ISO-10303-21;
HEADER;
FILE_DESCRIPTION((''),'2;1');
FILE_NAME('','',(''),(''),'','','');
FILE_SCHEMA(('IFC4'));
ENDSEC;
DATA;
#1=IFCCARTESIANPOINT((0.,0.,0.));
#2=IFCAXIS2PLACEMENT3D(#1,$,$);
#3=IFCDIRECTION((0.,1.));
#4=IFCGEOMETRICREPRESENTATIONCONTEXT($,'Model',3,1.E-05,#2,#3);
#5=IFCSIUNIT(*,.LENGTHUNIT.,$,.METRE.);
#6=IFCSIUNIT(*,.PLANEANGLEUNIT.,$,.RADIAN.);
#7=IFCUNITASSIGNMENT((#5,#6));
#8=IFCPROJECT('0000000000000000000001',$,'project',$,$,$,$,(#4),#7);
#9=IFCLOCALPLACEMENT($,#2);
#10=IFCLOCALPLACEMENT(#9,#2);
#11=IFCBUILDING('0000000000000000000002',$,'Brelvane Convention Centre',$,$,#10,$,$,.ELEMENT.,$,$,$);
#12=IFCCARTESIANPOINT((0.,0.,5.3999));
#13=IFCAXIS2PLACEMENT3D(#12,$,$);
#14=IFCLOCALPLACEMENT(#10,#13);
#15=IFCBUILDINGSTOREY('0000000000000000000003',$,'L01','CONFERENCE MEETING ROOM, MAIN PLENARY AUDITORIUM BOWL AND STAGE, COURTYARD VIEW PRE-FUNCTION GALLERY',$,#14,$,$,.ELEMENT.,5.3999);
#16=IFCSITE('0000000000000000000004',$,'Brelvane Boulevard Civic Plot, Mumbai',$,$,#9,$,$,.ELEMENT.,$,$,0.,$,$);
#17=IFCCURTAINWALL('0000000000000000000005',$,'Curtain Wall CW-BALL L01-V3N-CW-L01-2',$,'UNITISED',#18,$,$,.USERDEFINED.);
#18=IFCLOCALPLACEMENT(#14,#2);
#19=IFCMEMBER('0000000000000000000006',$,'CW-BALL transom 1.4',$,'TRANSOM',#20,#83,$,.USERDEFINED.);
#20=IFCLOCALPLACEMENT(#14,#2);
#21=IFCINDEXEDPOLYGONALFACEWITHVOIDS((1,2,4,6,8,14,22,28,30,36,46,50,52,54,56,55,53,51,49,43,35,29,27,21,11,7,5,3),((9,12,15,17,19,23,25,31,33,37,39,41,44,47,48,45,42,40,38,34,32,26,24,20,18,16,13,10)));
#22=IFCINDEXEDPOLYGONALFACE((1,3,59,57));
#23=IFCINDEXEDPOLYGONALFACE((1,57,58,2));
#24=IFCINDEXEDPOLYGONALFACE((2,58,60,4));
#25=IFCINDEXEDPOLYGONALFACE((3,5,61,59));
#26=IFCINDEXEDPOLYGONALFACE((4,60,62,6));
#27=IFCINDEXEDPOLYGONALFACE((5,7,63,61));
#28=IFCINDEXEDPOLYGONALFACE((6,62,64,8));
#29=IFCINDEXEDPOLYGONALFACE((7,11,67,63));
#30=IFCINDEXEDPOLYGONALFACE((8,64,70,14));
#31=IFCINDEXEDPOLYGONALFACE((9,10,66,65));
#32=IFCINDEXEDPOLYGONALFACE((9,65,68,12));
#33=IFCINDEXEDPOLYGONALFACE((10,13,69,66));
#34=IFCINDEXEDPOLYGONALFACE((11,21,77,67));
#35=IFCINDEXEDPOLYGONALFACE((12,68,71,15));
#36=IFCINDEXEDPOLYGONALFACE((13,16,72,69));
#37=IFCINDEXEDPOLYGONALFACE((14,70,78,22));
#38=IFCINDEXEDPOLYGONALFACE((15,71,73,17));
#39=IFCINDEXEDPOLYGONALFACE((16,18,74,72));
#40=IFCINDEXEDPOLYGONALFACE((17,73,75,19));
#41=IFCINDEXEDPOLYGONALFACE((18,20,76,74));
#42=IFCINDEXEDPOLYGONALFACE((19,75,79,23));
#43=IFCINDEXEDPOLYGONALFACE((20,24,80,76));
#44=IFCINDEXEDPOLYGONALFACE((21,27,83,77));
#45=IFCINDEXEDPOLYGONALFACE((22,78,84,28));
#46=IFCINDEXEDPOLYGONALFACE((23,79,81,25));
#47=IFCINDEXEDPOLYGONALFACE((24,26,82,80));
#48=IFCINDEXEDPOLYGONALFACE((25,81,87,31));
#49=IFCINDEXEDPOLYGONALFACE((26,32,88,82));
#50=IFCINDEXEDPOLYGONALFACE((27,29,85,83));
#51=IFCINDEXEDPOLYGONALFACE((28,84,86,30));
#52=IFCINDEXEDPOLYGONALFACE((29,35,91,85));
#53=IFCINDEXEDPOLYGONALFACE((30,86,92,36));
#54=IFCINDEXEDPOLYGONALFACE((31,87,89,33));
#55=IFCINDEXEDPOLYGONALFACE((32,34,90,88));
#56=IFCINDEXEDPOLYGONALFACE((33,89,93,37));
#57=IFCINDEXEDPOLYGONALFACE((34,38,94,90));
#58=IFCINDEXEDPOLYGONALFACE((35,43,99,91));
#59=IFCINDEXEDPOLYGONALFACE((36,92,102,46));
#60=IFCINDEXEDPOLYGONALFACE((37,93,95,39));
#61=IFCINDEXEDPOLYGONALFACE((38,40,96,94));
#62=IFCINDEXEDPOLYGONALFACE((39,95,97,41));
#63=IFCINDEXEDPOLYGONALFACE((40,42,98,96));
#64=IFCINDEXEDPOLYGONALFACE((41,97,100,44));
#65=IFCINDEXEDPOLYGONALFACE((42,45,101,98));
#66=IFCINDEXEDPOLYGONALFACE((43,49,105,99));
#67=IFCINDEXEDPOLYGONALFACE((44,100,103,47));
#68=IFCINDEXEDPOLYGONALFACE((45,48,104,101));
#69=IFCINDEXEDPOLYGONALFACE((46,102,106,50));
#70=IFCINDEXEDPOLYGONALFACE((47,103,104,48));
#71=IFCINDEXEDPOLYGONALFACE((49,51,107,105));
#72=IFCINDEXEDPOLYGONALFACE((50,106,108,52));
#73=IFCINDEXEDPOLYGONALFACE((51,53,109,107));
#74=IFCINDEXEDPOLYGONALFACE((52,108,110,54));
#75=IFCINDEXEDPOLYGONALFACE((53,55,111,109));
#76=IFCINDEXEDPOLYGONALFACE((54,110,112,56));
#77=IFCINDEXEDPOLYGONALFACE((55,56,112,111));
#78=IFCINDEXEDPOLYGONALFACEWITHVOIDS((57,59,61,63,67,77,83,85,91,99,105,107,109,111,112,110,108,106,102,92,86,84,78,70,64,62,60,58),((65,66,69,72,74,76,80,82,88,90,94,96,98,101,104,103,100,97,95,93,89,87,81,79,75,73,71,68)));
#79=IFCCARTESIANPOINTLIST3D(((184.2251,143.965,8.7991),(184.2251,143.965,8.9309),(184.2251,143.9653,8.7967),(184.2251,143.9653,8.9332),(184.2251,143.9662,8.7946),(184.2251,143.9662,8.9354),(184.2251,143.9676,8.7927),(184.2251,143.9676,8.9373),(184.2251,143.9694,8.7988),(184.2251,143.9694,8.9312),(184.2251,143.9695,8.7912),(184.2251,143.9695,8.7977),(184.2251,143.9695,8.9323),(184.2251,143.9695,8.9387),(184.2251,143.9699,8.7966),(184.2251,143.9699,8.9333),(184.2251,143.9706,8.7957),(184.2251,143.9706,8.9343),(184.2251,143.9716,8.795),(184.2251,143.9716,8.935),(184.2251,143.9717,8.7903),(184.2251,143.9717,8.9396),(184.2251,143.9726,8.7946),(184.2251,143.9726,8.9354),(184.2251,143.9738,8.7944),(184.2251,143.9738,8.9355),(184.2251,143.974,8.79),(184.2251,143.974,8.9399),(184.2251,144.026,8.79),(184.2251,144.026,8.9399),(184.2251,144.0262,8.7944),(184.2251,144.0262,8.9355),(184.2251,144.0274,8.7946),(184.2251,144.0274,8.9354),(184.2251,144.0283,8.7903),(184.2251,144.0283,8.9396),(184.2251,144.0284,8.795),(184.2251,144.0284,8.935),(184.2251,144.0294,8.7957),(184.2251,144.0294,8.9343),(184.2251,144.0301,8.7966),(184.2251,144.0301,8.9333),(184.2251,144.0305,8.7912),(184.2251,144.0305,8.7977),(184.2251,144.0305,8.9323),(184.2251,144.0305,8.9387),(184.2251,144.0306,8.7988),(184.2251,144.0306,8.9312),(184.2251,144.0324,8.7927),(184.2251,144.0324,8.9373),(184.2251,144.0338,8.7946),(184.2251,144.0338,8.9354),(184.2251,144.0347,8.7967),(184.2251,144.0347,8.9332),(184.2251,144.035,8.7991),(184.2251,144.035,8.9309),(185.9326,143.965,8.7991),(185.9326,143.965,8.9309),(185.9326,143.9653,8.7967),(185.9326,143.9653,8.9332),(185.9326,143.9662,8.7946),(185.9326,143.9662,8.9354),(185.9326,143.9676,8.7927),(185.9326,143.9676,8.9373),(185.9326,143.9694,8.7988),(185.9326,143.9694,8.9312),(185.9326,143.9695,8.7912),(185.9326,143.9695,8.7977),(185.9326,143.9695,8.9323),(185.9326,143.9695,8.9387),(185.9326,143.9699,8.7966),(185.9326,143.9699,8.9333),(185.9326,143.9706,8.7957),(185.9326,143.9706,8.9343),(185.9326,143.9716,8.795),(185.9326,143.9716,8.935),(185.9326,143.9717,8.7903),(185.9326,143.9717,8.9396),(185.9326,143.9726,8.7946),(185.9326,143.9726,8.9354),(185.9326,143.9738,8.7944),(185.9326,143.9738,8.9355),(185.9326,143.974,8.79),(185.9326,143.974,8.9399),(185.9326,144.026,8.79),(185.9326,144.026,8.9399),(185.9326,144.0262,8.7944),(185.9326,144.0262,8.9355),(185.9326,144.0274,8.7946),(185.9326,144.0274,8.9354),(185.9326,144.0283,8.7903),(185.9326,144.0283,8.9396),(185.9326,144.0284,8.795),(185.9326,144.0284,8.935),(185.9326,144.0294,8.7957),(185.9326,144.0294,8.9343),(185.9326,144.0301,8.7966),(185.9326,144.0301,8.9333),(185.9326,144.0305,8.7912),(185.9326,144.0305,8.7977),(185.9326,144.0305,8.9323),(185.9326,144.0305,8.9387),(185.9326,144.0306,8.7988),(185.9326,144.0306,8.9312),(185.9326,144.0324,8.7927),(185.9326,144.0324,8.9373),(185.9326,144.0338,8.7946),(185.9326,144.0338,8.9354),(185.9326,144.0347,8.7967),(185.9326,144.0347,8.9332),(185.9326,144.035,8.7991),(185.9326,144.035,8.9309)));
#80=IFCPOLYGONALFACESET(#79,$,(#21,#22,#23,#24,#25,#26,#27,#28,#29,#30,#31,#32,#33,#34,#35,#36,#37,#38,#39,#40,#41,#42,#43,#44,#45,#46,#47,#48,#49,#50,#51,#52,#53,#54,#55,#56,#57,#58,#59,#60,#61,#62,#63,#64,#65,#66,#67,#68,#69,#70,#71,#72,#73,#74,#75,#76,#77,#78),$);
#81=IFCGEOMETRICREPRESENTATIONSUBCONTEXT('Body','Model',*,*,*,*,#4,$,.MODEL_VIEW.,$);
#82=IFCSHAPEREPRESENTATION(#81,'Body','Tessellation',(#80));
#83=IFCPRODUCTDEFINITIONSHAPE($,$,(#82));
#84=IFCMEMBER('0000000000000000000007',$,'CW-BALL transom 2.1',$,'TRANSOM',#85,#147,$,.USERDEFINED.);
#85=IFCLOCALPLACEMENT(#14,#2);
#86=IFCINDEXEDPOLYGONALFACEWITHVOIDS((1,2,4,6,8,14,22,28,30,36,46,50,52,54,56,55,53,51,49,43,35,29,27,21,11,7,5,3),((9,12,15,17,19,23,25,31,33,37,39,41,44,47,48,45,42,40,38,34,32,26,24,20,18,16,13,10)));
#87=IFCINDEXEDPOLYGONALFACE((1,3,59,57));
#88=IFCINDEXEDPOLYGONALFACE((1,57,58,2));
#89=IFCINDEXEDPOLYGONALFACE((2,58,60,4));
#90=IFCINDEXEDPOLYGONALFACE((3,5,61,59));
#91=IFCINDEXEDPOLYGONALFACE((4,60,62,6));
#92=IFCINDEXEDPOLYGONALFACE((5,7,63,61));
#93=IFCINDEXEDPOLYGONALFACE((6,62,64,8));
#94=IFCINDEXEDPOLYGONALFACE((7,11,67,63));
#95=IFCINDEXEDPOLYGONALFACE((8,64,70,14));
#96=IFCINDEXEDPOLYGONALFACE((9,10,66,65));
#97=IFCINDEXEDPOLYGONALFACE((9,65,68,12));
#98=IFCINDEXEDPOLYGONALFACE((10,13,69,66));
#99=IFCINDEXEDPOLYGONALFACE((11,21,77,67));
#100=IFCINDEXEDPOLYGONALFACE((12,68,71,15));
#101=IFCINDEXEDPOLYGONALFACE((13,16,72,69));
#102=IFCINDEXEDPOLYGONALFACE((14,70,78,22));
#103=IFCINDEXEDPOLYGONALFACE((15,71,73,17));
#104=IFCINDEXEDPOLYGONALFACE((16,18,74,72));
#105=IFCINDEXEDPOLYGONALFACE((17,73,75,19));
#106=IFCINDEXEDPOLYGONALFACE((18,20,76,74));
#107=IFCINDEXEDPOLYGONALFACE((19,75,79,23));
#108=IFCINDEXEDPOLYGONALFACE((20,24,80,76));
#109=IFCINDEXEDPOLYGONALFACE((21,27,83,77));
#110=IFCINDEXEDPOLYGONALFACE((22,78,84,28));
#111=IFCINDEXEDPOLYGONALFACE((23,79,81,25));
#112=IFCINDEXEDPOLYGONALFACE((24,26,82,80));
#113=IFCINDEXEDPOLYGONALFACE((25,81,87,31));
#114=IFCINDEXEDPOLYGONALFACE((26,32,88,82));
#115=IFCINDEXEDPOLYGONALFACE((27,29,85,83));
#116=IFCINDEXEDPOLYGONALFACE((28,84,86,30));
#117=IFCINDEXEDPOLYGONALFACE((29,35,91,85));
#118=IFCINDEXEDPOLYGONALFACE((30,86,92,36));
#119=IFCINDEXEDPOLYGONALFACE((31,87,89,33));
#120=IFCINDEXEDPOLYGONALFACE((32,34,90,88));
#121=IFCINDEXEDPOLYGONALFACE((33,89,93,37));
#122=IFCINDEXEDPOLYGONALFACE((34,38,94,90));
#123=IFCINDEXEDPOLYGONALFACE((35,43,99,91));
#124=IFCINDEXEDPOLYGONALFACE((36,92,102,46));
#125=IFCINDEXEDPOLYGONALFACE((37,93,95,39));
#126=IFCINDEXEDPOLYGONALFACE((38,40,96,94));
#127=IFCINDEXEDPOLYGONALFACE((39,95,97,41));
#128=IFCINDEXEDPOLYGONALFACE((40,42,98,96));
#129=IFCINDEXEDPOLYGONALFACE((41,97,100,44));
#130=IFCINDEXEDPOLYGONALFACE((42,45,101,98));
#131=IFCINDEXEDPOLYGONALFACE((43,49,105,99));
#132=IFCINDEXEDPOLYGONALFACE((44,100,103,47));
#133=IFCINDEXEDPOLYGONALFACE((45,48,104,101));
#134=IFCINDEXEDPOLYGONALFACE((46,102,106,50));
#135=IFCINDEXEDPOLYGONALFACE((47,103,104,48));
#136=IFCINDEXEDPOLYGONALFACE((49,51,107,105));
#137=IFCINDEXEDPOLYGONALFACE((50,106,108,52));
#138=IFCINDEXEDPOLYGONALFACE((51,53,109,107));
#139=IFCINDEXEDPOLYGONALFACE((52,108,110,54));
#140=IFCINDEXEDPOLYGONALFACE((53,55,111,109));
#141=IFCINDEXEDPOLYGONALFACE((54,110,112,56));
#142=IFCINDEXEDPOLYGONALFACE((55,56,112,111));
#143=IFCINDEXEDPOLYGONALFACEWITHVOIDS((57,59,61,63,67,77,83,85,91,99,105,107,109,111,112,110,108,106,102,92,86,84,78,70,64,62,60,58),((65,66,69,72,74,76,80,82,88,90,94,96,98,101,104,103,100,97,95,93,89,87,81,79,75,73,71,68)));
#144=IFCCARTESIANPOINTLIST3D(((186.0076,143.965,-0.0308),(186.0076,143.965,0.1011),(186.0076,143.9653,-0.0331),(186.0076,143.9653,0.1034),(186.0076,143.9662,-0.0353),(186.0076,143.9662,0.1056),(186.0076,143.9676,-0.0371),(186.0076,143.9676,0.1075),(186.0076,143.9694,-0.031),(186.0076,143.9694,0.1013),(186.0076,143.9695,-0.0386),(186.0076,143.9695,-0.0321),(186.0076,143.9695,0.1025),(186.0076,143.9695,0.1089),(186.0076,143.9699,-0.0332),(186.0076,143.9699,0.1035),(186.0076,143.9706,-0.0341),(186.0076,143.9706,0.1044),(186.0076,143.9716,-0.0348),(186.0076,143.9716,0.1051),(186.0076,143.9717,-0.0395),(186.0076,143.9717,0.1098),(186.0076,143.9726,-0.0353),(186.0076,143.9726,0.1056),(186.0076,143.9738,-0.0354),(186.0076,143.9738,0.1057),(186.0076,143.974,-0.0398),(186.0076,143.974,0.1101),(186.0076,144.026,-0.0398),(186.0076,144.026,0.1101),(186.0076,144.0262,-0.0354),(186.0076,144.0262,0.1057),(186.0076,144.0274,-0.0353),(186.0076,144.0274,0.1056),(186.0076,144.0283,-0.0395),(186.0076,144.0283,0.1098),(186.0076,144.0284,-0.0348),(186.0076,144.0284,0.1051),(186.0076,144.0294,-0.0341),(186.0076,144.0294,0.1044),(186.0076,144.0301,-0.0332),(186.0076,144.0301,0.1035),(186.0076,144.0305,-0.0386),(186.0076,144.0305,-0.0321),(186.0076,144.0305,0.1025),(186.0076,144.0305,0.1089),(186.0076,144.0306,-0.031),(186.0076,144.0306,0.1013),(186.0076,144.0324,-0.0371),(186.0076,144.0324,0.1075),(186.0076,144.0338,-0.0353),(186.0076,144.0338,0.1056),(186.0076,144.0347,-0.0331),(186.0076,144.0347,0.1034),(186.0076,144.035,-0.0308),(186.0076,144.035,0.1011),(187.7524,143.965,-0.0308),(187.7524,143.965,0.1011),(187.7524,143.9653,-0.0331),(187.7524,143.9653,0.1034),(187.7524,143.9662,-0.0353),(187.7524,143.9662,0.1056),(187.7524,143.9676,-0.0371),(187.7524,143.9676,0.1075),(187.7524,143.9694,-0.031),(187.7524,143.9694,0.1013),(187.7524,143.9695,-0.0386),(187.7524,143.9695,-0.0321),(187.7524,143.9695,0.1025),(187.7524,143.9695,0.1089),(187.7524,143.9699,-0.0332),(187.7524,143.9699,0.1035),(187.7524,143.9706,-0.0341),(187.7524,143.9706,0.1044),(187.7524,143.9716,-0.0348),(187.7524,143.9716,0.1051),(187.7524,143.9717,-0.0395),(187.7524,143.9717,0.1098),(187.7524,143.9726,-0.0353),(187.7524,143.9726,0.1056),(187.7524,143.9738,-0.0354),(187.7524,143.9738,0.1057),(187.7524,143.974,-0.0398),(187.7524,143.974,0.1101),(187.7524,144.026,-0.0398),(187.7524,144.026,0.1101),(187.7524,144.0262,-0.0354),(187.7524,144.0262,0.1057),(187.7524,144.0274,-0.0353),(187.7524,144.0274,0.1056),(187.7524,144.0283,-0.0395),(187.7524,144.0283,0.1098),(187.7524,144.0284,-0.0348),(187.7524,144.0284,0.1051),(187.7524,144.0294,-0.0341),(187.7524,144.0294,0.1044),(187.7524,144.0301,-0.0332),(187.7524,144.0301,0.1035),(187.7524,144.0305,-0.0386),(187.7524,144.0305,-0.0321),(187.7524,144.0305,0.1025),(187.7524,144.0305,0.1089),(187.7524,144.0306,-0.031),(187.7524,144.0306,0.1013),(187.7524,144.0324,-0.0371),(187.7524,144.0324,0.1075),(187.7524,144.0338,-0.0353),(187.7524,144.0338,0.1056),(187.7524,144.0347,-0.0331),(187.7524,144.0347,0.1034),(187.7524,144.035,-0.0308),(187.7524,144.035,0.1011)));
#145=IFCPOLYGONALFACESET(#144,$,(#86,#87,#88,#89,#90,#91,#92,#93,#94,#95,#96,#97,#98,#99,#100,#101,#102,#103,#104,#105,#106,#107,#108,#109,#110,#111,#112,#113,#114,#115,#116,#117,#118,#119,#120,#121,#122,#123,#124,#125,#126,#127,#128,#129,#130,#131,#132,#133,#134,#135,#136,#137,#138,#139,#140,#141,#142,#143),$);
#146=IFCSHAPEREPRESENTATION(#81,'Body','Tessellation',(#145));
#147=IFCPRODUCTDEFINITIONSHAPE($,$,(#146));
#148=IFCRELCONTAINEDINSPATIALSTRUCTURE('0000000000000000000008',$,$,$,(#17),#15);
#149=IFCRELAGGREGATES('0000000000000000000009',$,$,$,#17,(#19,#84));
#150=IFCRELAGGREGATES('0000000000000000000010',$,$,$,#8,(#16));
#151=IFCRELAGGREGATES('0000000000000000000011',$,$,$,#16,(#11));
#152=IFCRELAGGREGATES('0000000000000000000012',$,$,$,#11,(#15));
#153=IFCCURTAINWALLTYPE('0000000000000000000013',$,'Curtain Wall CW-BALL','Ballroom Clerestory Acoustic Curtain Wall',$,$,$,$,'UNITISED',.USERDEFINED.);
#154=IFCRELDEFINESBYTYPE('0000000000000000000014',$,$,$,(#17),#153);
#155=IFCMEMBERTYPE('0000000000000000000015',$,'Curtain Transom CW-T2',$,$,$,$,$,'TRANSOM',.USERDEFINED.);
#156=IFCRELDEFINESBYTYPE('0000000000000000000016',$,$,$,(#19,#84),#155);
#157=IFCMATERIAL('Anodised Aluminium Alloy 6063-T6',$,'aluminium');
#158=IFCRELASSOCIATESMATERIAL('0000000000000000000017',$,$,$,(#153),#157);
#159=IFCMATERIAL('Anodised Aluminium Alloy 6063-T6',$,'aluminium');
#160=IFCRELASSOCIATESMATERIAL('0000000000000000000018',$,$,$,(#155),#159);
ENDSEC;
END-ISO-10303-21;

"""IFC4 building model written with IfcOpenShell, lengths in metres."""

from ifc_helpers import new_model, si_unit, direction, frame, origin, origin_2d, place, context, subcontext, project, spatial, hollow_rectangle, extrude, material, material_profile, profile_set, type_object, element, aggregate, save


model = new_model("IFC4")

# Units and contexts
model_context = context("Model", 3, precision=1e-05, world=origin(), true_north=direction((0.0, 1.0)))
body_context = subcontext(model_context, "Body", "Model", "MODEL_VIEW")
ifc_project = project(units=[si_unit("LENGTHUNIT", "METRE"), si_unit("PLANEANGLEUNIT", "RADIAN")], contexts=[model_context])

# Site, building, storey
site_placement = place(None, origin())
site = spatial("IfcSite", under=ifc_project, at=site_placement, Name="Brelvane Boulevard Civic Plot, Mumbai", CompositionType="ELEMENT", RefElevation=0.0)
building_placement = place(site_placement, origin())
building = spatial("IfcBuilding", under=site, at=building_placement, Name="Brelvane Convention Centre", CompositionType="ELEMENT")
storey_placement = place(building_placement, frame((0.0, 0.0, 5.3999)))
storey = spatial("IfcBuildingStorey", under=building, at=storey_placement, Name="L01", Description="CONFERENCE MEETING ROOM, MAIN PLENARY AUDITORIUM BOWL AND STAGE, COURTYARD VIEW PRE-FUNCTION GALLERY", CompositionType="ELEMENT", Elevation=5.3999)

# Curtain wall, members
ifc_material_1 = material(Name="Anodised Aluminium Alloy 6063-T6", Category="aluminium")
curtain_wall_type = type_object("IfcCurtainWallType", Name="Curtain Wall CW-BALL", Description="Ballroom Clerestory Acoustic Curtain Wall", ElementType="UNITISED", PredefinedType="USERDEFINED", material=ifc_material_1)
curtain_wall_placement = place(storey_placement, origin())
curtain_wall = element("IfcCurtainWall", 1, at=curtain_wall_placement, inside=storey, type_object=curtain_wall_type, Name="Curtain Wall CW-BALL L01-V3N-CW-L01-2", ObjectType="UNITISED", PredefinedType="USERDEFINED")
ifc_material_2 = material(Name="Anodised Aluminium Alloy 6063-T6", Category="aluminium")
ifc_material_profile_1 = material_profile(ifc_material_2, hollow_rectangle(XDim=0.0701, YDim=0.1499, WallThickness=0.0044, InnerFilletRadius=0.0044, OuterFilletRadius=0.009, at=origin_2d()), Name="ALU-T 150x70x4.5")
ifc_profile_set_1 = profile_set([ifc_material_profile_1], Name="Anodised Aluminium Alloy 6063-T6")
member_type_1 = type_object("IfcMemberType", Name="Curtain Transom CW-T2", ElementType="TRANSOM", PredefinedType="USERDEFINED", material=ifc_profile_set_1)
member_1_placement = place(storey_placement, frame((184.2251, 144.0, 8.865), z_axis=(1.0, 0.0, 0.0), x_axis=(0.0, 1.0, 0.0)))
member_1 = element("IfcMember", 2, at=member_1_placement, type_object=member_type_1, Name="CW-BALL transom 1.4", ObjectType="TRANSOM", PredefinedType="USERDEFINED", context=body_context, shape_type="SweptSolid", body=[
    extrude(hollow_rectangle(XDim=0.0701, YDim=0.1499, WallThickness=0.0044, InnerFilletRadius=0.0044, OuterFilletRadius=0.009, at=origin_2d()), origin(), (0.0, 0.0, 1.0), 1.7075),
])
member_2_placement = place(storey_placement, frame((186.0076, 144.0, 0.0352), z_axis=(1.0, 0.0, 0.0), x_axis=(0.0, 1.0, 0.0)))
member_2 = element("IfcMember", 3, at=member_2_placement, type_object=member_type_1, Name="CW-BALL transom 2.1", ObjectType="TRANSOM", PredefinedType="USERDEFINED", context=body_context, shape_type="SweptSolid", body=[
    extrude(hollow_rectangle(XDim=0.0701, YDim=0.1499, WallThickness=0.0044, InnerFilletRadius=0.0044, OuterFilletRadius=0.009, at=origin_2d()), origin(), (0.0, 0.0, 1.0), 1.7449),
])
aggregate(curtain_wall, [member_1, member_2])

save(model, "model.ifc")
